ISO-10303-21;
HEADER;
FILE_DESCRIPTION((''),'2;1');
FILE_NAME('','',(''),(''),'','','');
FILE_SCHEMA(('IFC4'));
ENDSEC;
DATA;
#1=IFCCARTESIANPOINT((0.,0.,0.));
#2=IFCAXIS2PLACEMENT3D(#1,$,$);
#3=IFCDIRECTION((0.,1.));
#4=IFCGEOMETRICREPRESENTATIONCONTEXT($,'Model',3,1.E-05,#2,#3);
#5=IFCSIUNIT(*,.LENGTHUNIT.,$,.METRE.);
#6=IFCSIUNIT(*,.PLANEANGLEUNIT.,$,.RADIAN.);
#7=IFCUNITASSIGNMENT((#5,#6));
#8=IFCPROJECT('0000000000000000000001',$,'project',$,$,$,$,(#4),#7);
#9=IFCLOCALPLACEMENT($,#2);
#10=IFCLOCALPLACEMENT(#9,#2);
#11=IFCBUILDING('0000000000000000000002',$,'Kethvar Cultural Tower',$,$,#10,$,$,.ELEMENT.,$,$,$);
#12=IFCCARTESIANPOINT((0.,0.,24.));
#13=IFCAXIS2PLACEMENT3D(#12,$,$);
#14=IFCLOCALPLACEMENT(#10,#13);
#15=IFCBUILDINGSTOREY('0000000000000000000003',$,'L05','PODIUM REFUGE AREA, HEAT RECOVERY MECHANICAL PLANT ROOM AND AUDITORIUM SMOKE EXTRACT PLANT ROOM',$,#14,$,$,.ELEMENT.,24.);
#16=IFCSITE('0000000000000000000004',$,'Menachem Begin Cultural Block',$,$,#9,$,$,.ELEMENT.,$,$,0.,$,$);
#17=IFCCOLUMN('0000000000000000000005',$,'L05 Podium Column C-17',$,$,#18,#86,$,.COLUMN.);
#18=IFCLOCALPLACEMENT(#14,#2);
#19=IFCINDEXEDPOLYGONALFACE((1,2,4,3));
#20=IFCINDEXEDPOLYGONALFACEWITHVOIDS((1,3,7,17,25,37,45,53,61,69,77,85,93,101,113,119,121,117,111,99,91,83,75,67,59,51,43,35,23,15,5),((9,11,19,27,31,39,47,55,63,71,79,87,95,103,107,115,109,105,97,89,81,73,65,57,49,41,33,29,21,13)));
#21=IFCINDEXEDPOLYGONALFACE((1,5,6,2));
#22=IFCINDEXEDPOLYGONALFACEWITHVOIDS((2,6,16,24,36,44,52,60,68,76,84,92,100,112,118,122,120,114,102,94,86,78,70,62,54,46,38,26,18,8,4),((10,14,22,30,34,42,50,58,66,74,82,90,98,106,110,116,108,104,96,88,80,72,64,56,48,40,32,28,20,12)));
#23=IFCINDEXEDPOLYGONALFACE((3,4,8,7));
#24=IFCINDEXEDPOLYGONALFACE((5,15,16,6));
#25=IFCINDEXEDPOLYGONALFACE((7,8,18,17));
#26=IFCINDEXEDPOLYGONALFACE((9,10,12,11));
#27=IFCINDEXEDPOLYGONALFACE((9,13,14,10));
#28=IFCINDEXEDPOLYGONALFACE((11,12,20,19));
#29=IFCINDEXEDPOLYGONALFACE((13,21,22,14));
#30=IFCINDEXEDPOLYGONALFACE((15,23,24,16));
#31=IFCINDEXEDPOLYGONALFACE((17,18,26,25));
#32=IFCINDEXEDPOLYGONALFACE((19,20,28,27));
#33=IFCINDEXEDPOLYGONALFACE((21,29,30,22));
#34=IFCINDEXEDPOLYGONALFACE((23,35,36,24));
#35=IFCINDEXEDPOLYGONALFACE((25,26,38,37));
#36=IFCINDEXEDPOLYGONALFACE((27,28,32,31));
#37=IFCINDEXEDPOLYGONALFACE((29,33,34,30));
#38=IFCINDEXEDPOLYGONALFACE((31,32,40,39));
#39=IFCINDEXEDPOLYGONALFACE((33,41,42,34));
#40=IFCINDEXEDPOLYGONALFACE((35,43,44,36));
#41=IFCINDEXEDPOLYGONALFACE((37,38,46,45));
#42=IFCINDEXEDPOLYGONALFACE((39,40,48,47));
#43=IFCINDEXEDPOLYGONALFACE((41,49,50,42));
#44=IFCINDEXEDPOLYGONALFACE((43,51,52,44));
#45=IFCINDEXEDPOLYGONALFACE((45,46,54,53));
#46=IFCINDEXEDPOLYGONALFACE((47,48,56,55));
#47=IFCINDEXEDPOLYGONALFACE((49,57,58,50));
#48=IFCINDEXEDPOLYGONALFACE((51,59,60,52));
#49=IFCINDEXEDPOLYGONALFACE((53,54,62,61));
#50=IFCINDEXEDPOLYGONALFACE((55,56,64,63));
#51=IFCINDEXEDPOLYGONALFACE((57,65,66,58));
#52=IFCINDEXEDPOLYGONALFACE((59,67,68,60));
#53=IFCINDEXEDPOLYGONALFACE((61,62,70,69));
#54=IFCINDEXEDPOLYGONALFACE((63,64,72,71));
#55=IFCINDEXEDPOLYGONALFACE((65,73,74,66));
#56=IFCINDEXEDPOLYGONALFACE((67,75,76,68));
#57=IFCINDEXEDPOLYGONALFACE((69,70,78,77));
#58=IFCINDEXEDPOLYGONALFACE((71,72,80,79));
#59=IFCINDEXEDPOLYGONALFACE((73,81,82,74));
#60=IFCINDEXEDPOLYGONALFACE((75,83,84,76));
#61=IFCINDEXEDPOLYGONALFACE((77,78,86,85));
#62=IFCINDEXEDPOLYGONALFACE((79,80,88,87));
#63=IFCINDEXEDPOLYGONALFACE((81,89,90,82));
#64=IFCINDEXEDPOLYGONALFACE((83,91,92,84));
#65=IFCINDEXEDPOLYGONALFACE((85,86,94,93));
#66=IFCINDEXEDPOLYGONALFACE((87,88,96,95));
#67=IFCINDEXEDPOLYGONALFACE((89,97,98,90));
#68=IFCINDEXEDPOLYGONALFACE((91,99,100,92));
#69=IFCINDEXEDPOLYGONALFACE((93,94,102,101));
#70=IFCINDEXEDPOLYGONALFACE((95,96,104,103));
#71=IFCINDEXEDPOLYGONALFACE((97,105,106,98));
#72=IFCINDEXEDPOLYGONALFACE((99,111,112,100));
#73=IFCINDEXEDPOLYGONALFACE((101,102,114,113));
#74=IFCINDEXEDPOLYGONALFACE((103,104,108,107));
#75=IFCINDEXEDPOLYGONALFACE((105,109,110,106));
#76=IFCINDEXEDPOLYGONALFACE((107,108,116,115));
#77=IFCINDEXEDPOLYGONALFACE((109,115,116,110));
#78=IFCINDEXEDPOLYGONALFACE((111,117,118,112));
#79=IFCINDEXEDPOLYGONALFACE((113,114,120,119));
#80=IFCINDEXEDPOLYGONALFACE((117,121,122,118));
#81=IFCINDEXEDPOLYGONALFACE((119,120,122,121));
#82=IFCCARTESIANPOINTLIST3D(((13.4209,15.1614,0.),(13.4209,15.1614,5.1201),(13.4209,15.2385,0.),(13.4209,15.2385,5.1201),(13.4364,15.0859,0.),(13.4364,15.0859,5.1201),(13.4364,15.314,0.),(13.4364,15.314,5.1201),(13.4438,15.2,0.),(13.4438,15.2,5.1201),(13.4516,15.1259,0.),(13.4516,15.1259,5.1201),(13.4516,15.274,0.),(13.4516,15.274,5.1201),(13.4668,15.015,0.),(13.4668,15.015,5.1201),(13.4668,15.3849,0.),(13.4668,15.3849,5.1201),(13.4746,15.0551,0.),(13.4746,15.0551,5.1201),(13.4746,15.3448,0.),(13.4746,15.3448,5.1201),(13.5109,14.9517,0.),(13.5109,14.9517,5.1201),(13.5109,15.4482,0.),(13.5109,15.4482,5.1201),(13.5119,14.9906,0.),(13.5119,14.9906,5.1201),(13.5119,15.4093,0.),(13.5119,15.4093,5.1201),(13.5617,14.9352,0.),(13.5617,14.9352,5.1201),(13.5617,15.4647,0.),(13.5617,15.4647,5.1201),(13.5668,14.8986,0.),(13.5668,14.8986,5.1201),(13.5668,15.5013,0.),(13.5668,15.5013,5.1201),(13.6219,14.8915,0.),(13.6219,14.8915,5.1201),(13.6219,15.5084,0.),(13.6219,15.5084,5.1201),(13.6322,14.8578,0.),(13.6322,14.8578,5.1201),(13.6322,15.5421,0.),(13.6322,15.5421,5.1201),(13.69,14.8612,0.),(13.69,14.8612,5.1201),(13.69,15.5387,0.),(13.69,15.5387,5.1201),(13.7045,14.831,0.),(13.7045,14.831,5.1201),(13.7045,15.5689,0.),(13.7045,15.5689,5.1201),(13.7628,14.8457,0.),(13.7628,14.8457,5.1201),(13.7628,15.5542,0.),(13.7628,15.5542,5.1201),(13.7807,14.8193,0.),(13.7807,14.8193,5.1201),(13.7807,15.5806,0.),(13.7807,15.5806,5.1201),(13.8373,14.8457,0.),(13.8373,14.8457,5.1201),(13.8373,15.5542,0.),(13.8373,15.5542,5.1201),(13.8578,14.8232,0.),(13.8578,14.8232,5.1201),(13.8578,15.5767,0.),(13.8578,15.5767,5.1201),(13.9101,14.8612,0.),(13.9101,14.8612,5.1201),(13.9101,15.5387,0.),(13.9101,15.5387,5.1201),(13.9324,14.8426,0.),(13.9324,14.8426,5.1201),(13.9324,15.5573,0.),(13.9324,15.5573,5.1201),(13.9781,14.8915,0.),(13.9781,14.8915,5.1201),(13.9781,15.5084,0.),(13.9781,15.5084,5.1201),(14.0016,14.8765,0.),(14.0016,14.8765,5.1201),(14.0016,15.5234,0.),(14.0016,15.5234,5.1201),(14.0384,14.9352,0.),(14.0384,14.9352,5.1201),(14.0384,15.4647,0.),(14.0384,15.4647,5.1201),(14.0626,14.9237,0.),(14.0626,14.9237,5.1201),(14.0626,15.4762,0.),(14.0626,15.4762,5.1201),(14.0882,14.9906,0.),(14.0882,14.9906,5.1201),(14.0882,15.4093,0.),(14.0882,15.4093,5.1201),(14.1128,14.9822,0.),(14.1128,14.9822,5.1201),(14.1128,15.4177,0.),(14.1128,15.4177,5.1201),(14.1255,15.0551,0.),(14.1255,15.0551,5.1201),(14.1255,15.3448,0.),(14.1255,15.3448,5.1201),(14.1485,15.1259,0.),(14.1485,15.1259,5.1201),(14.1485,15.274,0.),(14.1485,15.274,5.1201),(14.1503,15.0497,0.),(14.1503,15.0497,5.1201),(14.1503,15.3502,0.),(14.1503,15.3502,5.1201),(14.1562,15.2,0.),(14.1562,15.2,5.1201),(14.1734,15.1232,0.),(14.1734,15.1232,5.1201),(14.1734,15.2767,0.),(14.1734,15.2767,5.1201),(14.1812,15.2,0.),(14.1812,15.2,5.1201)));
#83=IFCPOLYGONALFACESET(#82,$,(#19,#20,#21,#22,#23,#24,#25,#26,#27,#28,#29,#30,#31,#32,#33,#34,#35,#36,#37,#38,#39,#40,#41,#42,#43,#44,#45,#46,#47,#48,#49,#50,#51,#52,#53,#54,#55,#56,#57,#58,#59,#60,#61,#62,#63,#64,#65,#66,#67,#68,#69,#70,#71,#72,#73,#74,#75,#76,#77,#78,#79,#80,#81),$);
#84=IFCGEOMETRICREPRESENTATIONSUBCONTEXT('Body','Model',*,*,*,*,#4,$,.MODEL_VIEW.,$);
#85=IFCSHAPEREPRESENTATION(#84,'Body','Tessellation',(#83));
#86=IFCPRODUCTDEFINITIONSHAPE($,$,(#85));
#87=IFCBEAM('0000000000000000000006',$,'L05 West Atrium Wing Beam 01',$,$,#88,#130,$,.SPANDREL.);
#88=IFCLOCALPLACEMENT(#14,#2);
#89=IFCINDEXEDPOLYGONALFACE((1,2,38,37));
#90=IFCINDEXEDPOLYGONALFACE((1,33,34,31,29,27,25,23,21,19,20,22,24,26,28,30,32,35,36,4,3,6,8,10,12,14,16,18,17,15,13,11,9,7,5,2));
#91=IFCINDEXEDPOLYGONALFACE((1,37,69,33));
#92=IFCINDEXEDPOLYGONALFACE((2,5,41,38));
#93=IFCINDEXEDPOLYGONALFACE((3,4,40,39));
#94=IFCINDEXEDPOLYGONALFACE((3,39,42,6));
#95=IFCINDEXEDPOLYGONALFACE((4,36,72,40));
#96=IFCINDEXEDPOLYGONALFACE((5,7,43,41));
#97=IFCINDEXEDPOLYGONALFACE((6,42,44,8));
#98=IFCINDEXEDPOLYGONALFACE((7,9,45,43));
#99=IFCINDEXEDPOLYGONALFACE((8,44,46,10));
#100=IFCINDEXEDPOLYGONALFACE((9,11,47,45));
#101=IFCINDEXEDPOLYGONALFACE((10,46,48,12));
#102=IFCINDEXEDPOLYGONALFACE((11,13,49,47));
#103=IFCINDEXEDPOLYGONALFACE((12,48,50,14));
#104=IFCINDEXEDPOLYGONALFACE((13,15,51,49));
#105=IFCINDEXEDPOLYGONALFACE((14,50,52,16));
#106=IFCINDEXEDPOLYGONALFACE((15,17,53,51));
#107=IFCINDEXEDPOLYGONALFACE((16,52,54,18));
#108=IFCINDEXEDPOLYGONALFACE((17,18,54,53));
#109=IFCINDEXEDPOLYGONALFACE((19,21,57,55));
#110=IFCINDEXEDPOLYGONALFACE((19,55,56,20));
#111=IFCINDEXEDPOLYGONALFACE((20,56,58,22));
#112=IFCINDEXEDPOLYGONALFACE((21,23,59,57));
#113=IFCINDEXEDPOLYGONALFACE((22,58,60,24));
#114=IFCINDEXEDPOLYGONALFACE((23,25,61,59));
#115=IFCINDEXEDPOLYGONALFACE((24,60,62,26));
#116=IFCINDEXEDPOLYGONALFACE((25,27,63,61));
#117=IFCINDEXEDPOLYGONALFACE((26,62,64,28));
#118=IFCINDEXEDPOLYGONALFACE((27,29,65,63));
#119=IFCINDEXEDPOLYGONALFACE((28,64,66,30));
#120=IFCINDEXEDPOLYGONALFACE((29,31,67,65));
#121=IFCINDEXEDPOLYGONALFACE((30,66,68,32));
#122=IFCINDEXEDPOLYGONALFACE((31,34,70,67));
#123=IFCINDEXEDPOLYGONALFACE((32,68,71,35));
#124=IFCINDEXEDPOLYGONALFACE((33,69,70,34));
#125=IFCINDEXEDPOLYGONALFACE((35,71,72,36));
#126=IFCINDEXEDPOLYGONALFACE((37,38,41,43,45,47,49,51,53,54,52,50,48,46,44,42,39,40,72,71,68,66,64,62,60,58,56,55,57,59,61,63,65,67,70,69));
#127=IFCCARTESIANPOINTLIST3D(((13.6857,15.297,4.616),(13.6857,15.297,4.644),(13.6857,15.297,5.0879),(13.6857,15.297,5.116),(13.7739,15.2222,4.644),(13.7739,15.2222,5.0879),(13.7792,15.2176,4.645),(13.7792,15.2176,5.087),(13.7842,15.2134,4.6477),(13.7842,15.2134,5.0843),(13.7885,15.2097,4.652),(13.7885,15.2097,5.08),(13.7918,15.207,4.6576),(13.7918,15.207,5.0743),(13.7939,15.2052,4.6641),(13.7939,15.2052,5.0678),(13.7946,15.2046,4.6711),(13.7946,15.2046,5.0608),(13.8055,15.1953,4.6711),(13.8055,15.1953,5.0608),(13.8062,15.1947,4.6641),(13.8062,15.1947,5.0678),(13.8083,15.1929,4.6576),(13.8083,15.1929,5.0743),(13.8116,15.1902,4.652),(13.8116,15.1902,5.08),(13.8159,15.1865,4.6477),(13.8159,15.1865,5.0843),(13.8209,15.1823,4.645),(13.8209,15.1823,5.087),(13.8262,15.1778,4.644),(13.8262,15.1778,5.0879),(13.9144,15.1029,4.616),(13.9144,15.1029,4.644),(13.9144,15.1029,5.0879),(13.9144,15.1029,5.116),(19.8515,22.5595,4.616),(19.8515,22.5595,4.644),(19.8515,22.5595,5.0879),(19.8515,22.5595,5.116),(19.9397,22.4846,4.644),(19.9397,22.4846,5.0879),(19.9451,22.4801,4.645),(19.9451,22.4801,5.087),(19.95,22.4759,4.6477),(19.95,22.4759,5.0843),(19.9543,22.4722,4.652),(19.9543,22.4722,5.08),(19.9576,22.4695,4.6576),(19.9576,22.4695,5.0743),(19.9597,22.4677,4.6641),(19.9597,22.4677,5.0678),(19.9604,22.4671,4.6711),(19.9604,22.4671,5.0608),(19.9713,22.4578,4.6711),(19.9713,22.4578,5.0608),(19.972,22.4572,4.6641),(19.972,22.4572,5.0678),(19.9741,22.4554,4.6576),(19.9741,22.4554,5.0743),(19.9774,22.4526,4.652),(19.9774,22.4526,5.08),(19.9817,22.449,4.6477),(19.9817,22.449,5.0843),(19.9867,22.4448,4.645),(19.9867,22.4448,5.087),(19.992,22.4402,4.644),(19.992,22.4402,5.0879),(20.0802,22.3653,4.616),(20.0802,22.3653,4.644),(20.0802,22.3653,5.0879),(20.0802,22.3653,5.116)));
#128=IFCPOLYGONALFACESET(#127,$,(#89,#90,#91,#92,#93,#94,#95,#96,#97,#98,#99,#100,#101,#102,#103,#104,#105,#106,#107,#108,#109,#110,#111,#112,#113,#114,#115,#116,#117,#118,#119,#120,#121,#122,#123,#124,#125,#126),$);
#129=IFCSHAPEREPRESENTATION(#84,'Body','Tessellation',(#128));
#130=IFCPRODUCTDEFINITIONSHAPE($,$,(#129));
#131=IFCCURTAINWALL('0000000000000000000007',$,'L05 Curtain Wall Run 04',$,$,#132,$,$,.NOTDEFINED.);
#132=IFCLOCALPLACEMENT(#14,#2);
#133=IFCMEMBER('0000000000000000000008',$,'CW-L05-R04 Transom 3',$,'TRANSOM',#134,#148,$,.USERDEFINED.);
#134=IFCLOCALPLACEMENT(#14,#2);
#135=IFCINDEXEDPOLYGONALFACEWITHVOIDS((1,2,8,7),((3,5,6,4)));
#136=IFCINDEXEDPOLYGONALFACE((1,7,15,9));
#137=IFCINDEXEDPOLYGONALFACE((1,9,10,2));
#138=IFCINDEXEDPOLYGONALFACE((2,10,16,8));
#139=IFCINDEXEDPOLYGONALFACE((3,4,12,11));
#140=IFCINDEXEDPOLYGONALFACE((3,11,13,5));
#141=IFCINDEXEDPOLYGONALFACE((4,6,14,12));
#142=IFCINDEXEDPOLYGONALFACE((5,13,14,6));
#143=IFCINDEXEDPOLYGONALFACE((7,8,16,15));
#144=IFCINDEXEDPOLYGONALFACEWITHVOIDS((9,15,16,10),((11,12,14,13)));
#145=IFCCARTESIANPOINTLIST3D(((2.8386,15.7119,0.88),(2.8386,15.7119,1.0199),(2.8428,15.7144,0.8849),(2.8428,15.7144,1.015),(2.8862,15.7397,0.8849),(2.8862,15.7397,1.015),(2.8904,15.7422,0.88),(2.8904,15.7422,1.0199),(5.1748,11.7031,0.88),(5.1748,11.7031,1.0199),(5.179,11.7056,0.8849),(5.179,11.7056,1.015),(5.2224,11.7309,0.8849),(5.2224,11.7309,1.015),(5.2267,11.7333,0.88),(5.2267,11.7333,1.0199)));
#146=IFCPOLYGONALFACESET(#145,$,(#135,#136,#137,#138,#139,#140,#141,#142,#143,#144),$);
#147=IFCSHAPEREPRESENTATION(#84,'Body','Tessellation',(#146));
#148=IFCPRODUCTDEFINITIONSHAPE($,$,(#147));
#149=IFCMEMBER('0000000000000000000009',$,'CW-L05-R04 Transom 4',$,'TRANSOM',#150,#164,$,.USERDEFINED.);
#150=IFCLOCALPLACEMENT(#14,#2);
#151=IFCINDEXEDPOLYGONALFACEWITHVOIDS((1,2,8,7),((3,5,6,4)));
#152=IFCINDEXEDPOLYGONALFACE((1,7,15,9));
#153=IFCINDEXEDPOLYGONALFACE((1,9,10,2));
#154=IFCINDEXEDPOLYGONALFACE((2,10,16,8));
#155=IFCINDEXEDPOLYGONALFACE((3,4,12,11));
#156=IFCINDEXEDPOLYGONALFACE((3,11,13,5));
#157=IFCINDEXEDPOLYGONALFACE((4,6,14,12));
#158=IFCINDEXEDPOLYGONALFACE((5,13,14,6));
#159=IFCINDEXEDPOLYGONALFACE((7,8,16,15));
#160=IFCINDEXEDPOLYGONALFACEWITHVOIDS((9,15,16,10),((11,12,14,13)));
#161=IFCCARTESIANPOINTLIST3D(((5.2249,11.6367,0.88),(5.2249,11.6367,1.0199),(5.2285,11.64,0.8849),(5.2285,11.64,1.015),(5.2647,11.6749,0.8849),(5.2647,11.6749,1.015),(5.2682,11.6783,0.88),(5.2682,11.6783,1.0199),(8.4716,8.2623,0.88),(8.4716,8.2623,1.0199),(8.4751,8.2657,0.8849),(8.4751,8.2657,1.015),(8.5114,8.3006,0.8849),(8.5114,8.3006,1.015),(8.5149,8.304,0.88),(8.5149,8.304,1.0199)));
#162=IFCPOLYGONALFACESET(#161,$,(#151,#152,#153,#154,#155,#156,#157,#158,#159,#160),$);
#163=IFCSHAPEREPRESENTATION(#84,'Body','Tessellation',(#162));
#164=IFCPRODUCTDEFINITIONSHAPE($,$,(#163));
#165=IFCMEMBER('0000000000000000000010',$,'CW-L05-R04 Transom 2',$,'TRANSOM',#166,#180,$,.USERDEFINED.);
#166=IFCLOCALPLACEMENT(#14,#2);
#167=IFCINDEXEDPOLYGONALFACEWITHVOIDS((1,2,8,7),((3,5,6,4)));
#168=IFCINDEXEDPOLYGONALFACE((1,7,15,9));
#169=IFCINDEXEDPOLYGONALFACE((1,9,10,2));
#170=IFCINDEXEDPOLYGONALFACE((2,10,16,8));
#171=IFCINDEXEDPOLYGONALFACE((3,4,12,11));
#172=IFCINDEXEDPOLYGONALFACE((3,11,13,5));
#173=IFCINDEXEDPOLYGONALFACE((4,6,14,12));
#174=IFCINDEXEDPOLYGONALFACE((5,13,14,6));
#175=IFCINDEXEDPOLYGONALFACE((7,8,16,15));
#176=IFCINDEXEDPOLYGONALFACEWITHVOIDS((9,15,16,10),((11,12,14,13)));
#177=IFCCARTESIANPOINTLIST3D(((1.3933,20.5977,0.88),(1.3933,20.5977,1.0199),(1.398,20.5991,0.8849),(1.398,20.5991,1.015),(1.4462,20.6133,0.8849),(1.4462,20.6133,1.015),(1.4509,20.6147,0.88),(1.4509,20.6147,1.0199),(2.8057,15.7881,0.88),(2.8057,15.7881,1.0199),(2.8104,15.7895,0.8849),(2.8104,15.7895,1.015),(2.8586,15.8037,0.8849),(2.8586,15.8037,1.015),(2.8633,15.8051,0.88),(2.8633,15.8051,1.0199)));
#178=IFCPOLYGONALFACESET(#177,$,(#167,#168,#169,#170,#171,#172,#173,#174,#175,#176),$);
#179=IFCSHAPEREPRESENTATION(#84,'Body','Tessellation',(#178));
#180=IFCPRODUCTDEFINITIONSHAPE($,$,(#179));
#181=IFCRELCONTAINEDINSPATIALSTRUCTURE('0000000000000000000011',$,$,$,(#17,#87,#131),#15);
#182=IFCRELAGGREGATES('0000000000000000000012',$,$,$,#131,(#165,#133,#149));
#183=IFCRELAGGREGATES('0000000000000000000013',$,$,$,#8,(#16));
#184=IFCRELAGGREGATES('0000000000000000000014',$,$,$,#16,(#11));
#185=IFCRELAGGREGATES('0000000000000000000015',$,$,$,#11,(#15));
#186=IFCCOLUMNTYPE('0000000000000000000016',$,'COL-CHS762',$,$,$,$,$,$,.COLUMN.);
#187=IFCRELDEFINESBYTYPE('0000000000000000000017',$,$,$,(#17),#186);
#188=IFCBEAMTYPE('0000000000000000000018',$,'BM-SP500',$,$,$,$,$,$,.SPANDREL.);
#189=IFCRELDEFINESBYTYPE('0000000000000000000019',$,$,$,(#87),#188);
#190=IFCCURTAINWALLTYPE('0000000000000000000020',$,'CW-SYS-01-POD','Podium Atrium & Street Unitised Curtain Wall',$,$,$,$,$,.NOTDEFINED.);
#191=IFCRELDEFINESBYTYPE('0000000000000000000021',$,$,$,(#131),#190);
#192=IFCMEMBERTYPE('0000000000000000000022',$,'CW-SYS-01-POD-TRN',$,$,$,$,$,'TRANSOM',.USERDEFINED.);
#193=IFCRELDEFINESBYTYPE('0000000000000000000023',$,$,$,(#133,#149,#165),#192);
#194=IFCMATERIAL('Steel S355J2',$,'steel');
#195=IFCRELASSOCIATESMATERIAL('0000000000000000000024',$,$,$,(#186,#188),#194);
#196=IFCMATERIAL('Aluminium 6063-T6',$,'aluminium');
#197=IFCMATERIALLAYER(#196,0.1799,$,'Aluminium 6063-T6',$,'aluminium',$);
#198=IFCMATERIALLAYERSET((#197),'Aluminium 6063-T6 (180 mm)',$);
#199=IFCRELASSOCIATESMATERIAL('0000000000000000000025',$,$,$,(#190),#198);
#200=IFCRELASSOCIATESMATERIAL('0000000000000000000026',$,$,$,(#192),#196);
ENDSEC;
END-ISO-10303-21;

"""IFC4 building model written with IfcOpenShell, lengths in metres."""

from ifc_helpers import new_model, si_unit, direction, frame, origin, origin_2d, place, context, subcontext, project, spatial, hollow_rectangle, hollow_circle, i_section, extrude, source, transform, mapped, material, layer, layer_set, material_profile, profile_set, type_object, element, aggregate, save


model = new_model("IFC4")

# Units and contexts
model_context = context("Model", 3, precision=1e-05, world=origin(), true_north=direction((0.0, 1.0)))
body_context = subcontext(model_context, "Body", "Model", "MODEL_VIEW")
ifc_project = project(units=[si_unit("LENGTHUNIT", "METRE"), si_unit("PLANEANGLEUNIT", "RADIAN")], contexts=[model_context])

# Site, building, storey
site_placement = place(None, origin())
site = spatial("IfcSite", under=ifc_project, at=site_placement, Name="Menachem Begin Cultural Block", CompositionType="ELEMENT", RefElevation=0.0)
building_placement = place(site_placement, origin())
building = spatial("IfcBuilding", under=site, at=building_placement, Name="Kethvar Cultural Tower", CompositionType="ELEMENT")
storey_placement = place(building_placement, frame((0.0, 0.0, 24.0)))
storey = spatial("IfcBuildingStorey", under=building, at=storey_placement, Name="L05", Description="PODIUM REFUGE AREA, HEAT RECOVERY MECHANICAL PLANT ROOM AND AUDITORIUM SMOKE EXTRACT PLANT ROOM", CompositionType="ELEMENT", Elevation=24.0)

# Column
ifc_material_1 = material(Name="Steel S355J2", Category="steel")
ifc_material_profile_1 = material_profile(ifc_material_1, hollow_circle(Radius=0.3811, WallThickness=0.0249, at=origin_2d()), Name="Steel S355J2 — CHS762x25")
ifc_profile_set_1 = profile_set([ifc_material_profile_1], Name="Steel S355J2 — CHS762x25")
column_type = type_object("IfcColumnType", Name="COL-CHS762", PredefinedType="COLUMN", material=ifc_profile_set_1)
shared_shape_1 = source(origin(), body_context, "Body", "SweptSolid", [
    extrude(hollow_circle(Radius=0.3811, WallThickness=0.0249, at=origin_2d()), origin(), (0.0, 0.0, 1.0), 5.1201),
])
column_placement = place(storey_placement, frame((13.8, 15.2, 0.0), z_axis=(0.0, 0.0, 1.0), x_axis=(1.0, 0.0, 0.0)))
element("IfcColumn", 1, at=column_placement, inside=storey, type_object=column_type, Name="L05 Podium Column C-17", PredefinedType="COLUMN", context=body_context, shape_type="MappedRepresentation", body=[
    mapped(shared_shape_1, transform((0.0, 0.0, 0.0), scale=1.0)),
])

# Beam
ifc_material_profile_2 = material_profile(ifc_material_1, i_section(OverallWidth=0.3, OverallDepth=0.5, WebThickness=0.0144, FlangeThickness=0.0281, FilletRadius=0.0271, at=origin_2d()), Name="Steel S355J2 — HEB500")
ifc_profile_set_2 = profile_set([ifc_material_profile_2], Name="Steel S355J2 — HEB500")
beam_type = type_object("IfcBeamType", Name="BM-SP500", PredefinedType="SPANDREL", material=ifc_profile_set_2)
shared_shape_2 = source(origin(), body_context, "Body", "SweptSolid", [
    extrude(i_section(OverallWidth=0.3, OverallDepth=0.5, WebThickness=0.0144, FlangeThickness=0.0281, FilletRadius=0.0271, at=origin_2d()), origin(), (0.0, 0.0, 1.0), 9.5269),
])
beam_placement = place(storey_placement, frame((13.8, 15.2, 4.866), z_axis=(0.647203, 0.762318, 0.0), x_axis=(-0.762318, 0.647203, 0.0)))
element("IfcBeam", 2, at=beam_placement, inside=storey, type_object=beam_type, Name="L05 West Atrium Wing Beam 01", PredefinedType="SPANDREL", context=body_context, shape_type="MappedRepresentation", body=[
    mapped(shared_shape_2, transform((0.0, 0.0, 0.0), scale=1.0)),
])

# Curtain wall, members
ifc_material_2 = material(Name="Aluminium 6063-T6", Category="aluminium")
ifc_layer_1 = layer(ifc_material_2, 0.1799, Name="Aluminium 6063-T6", Category="aluminium")
ifc_layer_set_1 = layer_set([ifc_layer_1], Name="Aluminium 6063-T6 (180 mm)")
curtain_wall_type = type_object("IfcCurtainWallType", Name="CW-SYS-01-POD", Description="Podium Atrium & Street Unitised Curtain Wall", PredefinedType="NOTDEFINED", material=ifc_layer_set_1)
curtain_wall_placement = place(storey_placement, origin())
curtain_wall = element("IfcCurtainWall", 3, at=curtain_wall_placement, inside=storey, type_object=curtain_wall_type, Name="L05 Curtain Wall Run 04", PredefinedType="NOTDEFINED")
ifc_material_profile_3 = material_profile(ifc_material_2, hollow_rectangle(XDim=0.0601, YDim=0.1399, WallThickness=0.0049, at=origin_2d()), Name="Aluminium 6063-T6 — RHS140x60x5")
ifc_profile_set_3 = profile_set([ifc_material_profile_3], Name="Aluminium 6063-T6 — RHS140x60x5")
member_type_1 = type_object("IfcMemberType", Name="CW-SYS-01-POD-TRN", ElementType="TRANSOM", PredefinedType="USERDEFINED", material=ifc_profile_set_3)
shared_shape_3 = source(origin(), body_context, "Body", "SweptSolid", [
    extrude(hollow_rectangle(XDim=0.0601, YDim=0.1399, WallThickness=0.0049, at=origin_2d()), origin(), (0.0, 0.0, 1.0), 4.6399),
])
member_1_placement = place(storey_placement, frame((2.8645, 15.7271, 0.95), z_axis=(0.503505, -0.863993, 0.0), x_axis=(0.863993, 0.503505, 0.0)))
member_1 = element("IfcMember", 4, at=member_1_placement, type_object=member_type_1, Name="CW-L05-R04 Transom 3", ObjectType="TRANSOM", PredefinedType="USERDEFINED", context=body_context, shape_type="MappedRepresentation", body=[
    mapped(shared_shape_3, transform((0.0, 0.0, 0.0), scale=1.0)),
])
shared_shape_4 = source(origin(), body_context, "Body", "SweptSolid", [
    extrude(hollow_rectangle(XDim=0.0601, YDim=0.1399, WallThickness=0.0049, at=origin_2d()), origin(), (0.0, 0.0, 1.0), 4.6826),
])
member_2_placement = place(storey_placement, frame((5.2466, 11.6575, 0.95), z_axis=(0.693341, -0.72061, 0.0), x_axis=(0.72061, 0.693341, 0.0)))
member_2 = element("IfcMember", 5, at=member_2_placement, type_object=member_type_1, Name="CW-L05-R04 Transom 4", ObjectType="TRANSOM", PredefinedType="USERDEFINED", context=body_context, shape_type="MappedRepresentation", body=[
    mapped(shared_shape_4, transform((0.0, 0.0, 0.0), scale=1.0)),
])
shared_shape_5 = source(origin(), body_context, "Body", "SweptSolid", [
    extrude(hollow_rectangle(XDim=0.0601, YDim=0.1399, WallThickness=0.0049, at=origin_2d()), origin(), (0.0, 0.0, 1.0), 5.0127),
])
member_3_placement = place(storey_placement, frame((1.4221, 20.6062, 0.95), z_axis=(0.281758, -0.959486, 0.0), x_axis=(0.959486, 0.281758, 0.0)))
member_3 = element("IfcMember", 6, at=member_3_placement, type_object=member_type_1, Name="CW-L05-R04 Transom 2", ObjectType="TRANSOM", PredefinedType="USERDEFINED", context=body_context, shape_type="MappedRepresentation", body=[
    mapped(shared_shape_5, transform((0.0, 0.0, 0.0), scale=1.0)),
])
aggregate(curtain_wall, [member_3, member_1, member_2])

save(model, "model.ifc")
